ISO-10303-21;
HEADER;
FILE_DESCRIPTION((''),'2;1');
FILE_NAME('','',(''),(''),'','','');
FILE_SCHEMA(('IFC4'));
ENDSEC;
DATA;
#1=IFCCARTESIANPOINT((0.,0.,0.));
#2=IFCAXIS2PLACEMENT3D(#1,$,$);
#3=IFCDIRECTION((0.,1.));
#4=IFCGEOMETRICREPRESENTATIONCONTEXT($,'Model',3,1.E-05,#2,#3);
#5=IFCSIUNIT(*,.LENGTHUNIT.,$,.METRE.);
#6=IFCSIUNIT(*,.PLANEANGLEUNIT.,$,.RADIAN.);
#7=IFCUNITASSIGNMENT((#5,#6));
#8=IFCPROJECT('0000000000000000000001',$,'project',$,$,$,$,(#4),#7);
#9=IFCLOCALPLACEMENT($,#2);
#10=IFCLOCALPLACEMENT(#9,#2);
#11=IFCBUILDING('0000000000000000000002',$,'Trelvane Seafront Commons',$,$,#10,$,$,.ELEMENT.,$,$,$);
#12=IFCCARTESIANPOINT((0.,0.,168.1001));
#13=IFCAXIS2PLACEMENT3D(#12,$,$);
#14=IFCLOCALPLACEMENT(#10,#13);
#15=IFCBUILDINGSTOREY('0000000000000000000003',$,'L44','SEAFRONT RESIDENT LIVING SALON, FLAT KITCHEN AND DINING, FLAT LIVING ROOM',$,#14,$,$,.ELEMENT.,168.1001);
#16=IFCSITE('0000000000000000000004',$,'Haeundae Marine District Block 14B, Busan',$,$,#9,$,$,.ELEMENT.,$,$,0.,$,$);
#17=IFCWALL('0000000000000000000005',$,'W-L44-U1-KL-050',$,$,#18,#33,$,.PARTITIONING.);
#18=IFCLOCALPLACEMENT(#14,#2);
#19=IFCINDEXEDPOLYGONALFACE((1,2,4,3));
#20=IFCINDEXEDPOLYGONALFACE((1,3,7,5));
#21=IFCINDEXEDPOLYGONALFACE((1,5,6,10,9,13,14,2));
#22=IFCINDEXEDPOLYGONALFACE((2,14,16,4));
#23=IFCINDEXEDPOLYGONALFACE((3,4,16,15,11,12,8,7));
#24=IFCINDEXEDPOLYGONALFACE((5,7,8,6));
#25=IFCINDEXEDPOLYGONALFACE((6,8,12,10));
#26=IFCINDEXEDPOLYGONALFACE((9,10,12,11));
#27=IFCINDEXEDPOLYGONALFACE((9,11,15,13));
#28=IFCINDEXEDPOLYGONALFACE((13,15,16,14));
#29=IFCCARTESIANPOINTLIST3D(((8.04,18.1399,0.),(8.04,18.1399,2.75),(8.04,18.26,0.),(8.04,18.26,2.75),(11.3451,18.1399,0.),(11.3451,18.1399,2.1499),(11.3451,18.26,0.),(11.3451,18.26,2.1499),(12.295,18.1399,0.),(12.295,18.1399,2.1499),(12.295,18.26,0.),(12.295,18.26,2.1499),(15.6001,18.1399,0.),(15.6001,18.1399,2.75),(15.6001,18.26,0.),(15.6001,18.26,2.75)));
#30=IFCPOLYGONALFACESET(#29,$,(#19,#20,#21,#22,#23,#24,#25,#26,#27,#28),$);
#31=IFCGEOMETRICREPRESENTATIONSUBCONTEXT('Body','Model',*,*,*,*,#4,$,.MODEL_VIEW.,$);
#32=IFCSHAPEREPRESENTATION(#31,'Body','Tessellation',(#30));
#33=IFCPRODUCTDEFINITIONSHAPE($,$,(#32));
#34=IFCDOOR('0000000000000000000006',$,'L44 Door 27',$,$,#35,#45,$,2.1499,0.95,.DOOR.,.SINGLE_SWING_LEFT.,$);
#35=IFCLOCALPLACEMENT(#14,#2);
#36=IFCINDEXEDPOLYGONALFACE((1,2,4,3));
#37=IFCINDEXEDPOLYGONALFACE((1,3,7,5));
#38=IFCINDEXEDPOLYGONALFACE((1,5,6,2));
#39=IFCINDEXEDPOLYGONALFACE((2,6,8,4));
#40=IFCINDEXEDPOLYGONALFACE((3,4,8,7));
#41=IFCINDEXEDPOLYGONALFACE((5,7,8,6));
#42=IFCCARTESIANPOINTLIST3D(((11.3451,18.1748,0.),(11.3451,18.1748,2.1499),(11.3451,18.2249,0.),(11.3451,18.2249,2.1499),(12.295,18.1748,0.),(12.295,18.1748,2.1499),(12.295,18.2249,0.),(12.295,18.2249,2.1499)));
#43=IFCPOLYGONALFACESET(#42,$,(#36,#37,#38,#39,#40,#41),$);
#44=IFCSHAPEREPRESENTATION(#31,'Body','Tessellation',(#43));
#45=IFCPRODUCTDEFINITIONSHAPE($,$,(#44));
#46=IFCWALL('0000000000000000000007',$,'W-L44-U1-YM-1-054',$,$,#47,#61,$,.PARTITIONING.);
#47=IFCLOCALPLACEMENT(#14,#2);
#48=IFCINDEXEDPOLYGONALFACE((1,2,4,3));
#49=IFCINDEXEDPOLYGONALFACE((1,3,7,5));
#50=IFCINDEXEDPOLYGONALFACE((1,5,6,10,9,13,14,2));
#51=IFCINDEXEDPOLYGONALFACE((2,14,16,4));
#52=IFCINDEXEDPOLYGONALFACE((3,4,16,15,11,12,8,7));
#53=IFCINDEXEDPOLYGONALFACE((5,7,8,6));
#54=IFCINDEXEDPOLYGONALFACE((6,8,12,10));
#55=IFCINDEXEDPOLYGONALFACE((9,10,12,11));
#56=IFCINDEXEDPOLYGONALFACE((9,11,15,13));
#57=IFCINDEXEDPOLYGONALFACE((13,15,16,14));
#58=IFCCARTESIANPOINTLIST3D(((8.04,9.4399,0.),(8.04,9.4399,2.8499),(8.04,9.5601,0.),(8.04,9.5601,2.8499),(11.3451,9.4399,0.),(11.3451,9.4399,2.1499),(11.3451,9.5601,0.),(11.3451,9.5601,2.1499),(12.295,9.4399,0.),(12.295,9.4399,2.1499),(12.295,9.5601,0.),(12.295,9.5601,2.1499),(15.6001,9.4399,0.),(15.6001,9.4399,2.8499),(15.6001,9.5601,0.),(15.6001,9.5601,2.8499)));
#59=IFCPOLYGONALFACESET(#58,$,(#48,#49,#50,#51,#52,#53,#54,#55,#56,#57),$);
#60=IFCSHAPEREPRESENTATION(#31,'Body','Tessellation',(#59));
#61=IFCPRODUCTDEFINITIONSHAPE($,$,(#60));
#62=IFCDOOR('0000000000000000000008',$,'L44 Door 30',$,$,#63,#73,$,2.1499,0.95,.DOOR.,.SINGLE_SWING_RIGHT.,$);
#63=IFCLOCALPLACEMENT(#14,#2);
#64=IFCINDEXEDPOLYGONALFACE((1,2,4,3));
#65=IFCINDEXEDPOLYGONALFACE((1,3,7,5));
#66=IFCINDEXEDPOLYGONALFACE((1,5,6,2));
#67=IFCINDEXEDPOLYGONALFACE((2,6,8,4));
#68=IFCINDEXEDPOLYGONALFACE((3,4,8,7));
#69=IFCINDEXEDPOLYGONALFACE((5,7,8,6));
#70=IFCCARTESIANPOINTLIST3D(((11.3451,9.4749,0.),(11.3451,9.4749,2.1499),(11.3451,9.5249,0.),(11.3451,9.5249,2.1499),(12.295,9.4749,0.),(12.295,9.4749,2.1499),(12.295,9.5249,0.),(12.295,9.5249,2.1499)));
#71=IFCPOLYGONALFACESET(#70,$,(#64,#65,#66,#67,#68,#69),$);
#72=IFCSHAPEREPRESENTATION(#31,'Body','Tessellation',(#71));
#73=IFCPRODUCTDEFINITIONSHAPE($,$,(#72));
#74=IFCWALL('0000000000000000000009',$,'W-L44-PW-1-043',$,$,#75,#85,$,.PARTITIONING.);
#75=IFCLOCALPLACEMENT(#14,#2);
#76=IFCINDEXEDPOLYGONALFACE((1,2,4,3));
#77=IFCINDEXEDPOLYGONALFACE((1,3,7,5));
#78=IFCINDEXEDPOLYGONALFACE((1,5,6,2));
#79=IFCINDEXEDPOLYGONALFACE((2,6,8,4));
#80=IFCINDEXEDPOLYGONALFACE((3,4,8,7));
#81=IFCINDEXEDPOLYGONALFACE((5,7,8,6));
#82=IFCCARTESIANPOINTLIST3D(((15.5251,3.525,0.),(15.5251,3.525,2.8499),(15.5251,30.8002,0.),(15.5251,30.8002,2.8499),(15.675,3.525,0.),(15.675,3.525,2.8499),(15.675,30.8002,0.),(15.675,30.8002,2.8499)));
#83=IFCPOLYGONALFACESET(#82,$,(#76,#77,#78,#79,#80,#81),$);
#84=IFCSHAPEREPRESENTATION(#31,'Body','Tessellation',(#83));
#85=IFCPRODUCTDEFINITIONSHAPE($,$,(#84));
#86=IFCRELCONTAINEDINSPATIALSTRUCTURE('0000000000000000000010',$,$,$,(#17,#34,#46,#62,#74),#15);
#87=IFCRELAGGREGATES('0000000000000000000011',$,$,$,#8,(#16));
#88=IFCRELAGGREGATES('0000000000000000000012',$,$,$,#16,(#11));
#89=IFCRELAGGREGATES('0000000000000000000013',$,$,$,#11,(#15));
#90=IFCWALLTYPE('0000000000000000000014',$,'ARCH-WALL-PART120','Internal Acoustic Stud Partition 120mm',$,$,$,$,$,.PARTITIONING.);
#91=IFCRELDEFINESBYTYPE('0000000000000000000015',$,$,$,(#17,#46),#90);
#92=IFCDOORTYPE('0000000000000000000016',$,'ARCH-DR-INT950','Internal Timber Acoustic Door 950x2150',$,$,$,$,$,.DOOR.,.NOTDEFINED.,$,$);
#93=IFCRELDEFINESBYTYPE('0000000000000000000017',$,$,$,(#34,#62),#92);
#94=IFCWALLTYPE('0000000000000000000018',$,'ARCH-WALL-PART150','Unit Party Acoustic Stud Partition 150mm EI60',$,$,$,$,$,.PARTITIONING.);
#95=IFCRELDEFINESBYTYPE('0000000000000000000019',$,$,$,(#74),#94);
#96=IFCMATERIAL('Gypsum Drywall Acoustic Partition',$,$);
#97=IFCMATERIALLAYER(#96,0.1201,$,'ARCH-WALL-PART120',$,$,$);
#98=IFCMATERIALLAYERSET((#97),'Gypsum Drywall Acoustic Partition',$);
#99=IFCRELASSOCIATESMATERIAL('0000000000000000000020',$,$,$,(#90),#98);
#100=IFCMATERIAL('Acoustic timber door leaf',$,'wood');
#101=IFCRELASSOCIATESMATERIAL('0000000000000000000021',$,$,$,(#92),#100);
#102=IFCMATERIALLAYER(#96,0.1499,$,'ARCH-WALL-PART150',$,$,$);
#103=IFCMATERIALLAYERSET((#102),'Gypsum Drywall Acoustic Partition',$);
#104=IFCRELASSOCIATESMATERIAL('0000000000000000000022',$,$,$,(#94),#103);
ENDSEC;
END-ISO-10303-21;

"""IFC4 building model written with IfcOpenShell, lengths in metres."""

from ifc_helpers import new_model, si_unit, direction, frame, frame_2d, origin, place, context, subcontext, project, spatial, rectangle, extrude, source, transform, mapped, material, layer, layer_set, type_object, element, fill, save


model = new_model("IFC4")

# Units and contexts
model_context = context("Model", 3, precision=1e-05, world=origin(), true_north=direction((0.0, 1.0)))
body_context = subcontext(model_context, "Body", "Model", "MODEL_VIEW")
ifc_project = project(units=[si_unit("LENGTHUNIT", "METRE"), si_unit("PLANEANGLEUNIT", "RADIAN")], contexts=[model_context])

# Site, building, storey
site_placement = place(None, origin())
site = spatial("IfcSite", under=ifc_project, at=site_placement, Name="Haeundae Marine District Block 14B, Busan", CompositionType="ELEMENT", RefElevation=0.0)
building_placement = place(site_placement, origin())
building = spatial("IfcBuilding", under=site, at=building_placement, Name="Trelvane Seafront Commons", CompositionType="ELEMENT")
storey_placement = place(building_placement, frame((0.0, 0.0, 168.1001)))
storey = spatial("IfcBuildingStorey", under=building, at=storey_placement, Name="L44", Description="SEAFRONT RESIDENT LIVING SALON, FLAT KITCHEN AND DINING, FLAT LIVING ROOM", CompositionType="ELEMENT", Elevation=168.1001)

# Walls, openings, doors
ifc_material_1 = material(Name="Gypsum Drywall Acoustic Partition")
ifc_layer_1 = layer(ifc_material_1, 0.1201, Name="ARCH-WALL-PART120")
ifc_layer_set_1 = layer_set([ifc_layer_1], Name="Gypsum Drywall Acoustic Partition")
wall_type_1 = type_object("IfcWallType", Name="ARCH-WALL-PART120", Description="Internal Acoustic Stud Partition 120mm", PredefinedType="PARTITIONING", material=ifc_layer_set_1)
wall_1_placement = place(storey_placement, frame((8.04, 18.2, 0.0), z_axis=(0.0, 0.0, 1.0), x_axis=(1.0, 0.0, 0.0)))
wall_1 = element("IfcWall", 1, at=wall_1_placement, inside=storey, type_object=wall_type_1, Name="W-L44-U1-KL-050", PredefinedType="PARTITIONING", context=body_context, shape_type="SweptSolid", body=[
    extrude(rectangle(XDim=7.5601, YDim=0.1201, at=frame_2d((3.78, 0.0))), origin(), (0.0, 0.0, 1.0), 2.75),
])
opening_1_placement = place(wall_1_placement, frame((3.3049, 0.0, 0.0)))
opening_1 = element("IfcOpeningElement", 2, at=opening_1_placement, cuts=wall_1, PredefinedType="OPENING", context=body_context, shape_type="SweptSolid", body=[
    extrude(rectangle(XDim=0.95, YDim=2.1499, at=frame_2d((0.4751, 1.075))), frame((0.0, 0.0701, 0.0), z_axis=(0.0, -1.0, 0.0), x_axis=(1.0, 0.0, 0.0)), (0.0, 0.0, 1.0), 0.1401),
])
ifc_material_2 = material(Name="Acoustic timber door leaf", Category="wood")
door_type = type_object("IfcDoorType", Name="ARCH-DR-INT950", Description="Internal Timber Acoustic Door 950x2150", OperationType="NOTDEFINED", PredefinedType="DOOR", material=ifc_material_2)
shared_shape_1 = source(origin(), body_context, "Body", "SweptSolid", [
    extrude(rectangle(XDim=0.95, YDim=2.1499, at=frame_2d((0.4751, 1.075))), frame((0.0, 0.0249, 0.0), z_axis=(0.0, -1.0, 0.0), x_axis=(1.0, 0.0, 0.0)), (0.0, 0.0, 1.0), 0.05),
])
door_1_placement = place(opening_1_placement, origin())
door_1 = element("IfcDoor", 3, at=door_1_placement, inside=storey, type_object=door_type, Name="L44 Door 27", OperationType="SINGLE_SWING_LEFT", OverallHeight=2.1499, OverallWidth=0.95, PredefinedType="DOOR", context=body_context, shape_type="MappedRepresentation", body=[
    mapped(shared_shape_1, transform((0.0, 0.0, 0.0), x_axis=(1.0, 0.0, 0.0), y_axis=(0.0, 1.0, 0.0), z_axis=(0.0, 0.0, 1.0), scale=1.0)),
])
fill(opening_1, door_1)
wall_2_placement = place(storey_placement, frame((8.04, 9.5, 0.0), z_axis=(0.0, 0.0, 1.0), x_axis=(1.0, 0.0, 0.0)))
wall_2 = element("IfcWall", 4, at=wall_2_placement, inside=storey, type_object=wall_type_1, Name="W-L44-U1-YM-1-054", PredefinedType="PARTITIONING", context=body_context, shape_type="SweptSolid", body=[
    extrude(rectangle(XDim=7.5601, YDim=0.1201, at=frame_2d((3.78, 0.0))), origin(), (0.0, 0.0, 1.0), 2.8499),
])
opening_2_placement = place(wall_2_placement, frame((3.3049, 0.0, 0.0)))
opening_2 = element("IfcOpeningElement", 5, at=opening_2_placement, cuts=wall_2, PredefinedType="OPENING", context=body_context, shape_type="SweptSolid", body=[
    extrude(rectangle(XDim=0.95, YDim=2.1499, at=frame_2d((0.4751, 1.075))), frame((0.0, 0.0701, 0.0), z_axis=(0.0, -1.0, 0.0), x_axis=(1.0, 0.0, 0.0)), (0.0, 0.0, 1.0), 0.1401),
])
door_2_placement = place(opening_2_placement, origin())
door_2 = element("IfcDoor", 6, at=door_2_placement, inside=storey, type_object=door_type, Name="L44 Door 30", OperationType="SINGLE_SWING_RIGHT", OverallHeight=2.1499, OverallWidth=0.95, PredefinedType="DOOR", context=body_context, shape_type="MappedRepresentation", body=[
    mapped(shared_shape_1, transform((0.0, 0.0, 0.0), x_axis=(1.0, 0.0, 0.0), y_axis=(0.0, 1.0, 0.0), z_axis=(0.0, 0.0, 1.0), scale=1.0)),
])
fill(opening_2, door_2)

# Wall
ifc_layer_2 = layer(ifc_material_1, 0.1499, Name="ARCH-WALL-PART150")
ifc_layer_set_2 = layer_set([ifc_layer_2], Name="Gypsum Drywall Acoustic Partition")
wall_type_2 = type_object("IfcWallType", Name="ARCH-WALL-PART150", Description="Unit Party Acoustic Stud Partition 150mm EI60", PredefinedType="PARTITIONING", material=ifc_layer_set_2)
wall_3_placement = place(storey_placement, frame((15.6001, 3.5249, 0.0), z_axis=(0.0, 0.0, 1.0), x_axis=(0.0, 1.0, 0.0)))
element("IfcWall", 7, at=wall_3_placement, inside=storey, type_object=wall_type_2, Name="W-L44-PW-1-043", PredefinedType="PARTITIONING", context=body_context, shape_type="SweptSolid", body=[
    extrude(rectangle(XDim=27.2751, YDim=0.1499, at=frame_2d((13.6377, 0.0))), origin(), (0.0, 0.0, 1.0), 2.8499),
])

save(model, "model.ifc")
